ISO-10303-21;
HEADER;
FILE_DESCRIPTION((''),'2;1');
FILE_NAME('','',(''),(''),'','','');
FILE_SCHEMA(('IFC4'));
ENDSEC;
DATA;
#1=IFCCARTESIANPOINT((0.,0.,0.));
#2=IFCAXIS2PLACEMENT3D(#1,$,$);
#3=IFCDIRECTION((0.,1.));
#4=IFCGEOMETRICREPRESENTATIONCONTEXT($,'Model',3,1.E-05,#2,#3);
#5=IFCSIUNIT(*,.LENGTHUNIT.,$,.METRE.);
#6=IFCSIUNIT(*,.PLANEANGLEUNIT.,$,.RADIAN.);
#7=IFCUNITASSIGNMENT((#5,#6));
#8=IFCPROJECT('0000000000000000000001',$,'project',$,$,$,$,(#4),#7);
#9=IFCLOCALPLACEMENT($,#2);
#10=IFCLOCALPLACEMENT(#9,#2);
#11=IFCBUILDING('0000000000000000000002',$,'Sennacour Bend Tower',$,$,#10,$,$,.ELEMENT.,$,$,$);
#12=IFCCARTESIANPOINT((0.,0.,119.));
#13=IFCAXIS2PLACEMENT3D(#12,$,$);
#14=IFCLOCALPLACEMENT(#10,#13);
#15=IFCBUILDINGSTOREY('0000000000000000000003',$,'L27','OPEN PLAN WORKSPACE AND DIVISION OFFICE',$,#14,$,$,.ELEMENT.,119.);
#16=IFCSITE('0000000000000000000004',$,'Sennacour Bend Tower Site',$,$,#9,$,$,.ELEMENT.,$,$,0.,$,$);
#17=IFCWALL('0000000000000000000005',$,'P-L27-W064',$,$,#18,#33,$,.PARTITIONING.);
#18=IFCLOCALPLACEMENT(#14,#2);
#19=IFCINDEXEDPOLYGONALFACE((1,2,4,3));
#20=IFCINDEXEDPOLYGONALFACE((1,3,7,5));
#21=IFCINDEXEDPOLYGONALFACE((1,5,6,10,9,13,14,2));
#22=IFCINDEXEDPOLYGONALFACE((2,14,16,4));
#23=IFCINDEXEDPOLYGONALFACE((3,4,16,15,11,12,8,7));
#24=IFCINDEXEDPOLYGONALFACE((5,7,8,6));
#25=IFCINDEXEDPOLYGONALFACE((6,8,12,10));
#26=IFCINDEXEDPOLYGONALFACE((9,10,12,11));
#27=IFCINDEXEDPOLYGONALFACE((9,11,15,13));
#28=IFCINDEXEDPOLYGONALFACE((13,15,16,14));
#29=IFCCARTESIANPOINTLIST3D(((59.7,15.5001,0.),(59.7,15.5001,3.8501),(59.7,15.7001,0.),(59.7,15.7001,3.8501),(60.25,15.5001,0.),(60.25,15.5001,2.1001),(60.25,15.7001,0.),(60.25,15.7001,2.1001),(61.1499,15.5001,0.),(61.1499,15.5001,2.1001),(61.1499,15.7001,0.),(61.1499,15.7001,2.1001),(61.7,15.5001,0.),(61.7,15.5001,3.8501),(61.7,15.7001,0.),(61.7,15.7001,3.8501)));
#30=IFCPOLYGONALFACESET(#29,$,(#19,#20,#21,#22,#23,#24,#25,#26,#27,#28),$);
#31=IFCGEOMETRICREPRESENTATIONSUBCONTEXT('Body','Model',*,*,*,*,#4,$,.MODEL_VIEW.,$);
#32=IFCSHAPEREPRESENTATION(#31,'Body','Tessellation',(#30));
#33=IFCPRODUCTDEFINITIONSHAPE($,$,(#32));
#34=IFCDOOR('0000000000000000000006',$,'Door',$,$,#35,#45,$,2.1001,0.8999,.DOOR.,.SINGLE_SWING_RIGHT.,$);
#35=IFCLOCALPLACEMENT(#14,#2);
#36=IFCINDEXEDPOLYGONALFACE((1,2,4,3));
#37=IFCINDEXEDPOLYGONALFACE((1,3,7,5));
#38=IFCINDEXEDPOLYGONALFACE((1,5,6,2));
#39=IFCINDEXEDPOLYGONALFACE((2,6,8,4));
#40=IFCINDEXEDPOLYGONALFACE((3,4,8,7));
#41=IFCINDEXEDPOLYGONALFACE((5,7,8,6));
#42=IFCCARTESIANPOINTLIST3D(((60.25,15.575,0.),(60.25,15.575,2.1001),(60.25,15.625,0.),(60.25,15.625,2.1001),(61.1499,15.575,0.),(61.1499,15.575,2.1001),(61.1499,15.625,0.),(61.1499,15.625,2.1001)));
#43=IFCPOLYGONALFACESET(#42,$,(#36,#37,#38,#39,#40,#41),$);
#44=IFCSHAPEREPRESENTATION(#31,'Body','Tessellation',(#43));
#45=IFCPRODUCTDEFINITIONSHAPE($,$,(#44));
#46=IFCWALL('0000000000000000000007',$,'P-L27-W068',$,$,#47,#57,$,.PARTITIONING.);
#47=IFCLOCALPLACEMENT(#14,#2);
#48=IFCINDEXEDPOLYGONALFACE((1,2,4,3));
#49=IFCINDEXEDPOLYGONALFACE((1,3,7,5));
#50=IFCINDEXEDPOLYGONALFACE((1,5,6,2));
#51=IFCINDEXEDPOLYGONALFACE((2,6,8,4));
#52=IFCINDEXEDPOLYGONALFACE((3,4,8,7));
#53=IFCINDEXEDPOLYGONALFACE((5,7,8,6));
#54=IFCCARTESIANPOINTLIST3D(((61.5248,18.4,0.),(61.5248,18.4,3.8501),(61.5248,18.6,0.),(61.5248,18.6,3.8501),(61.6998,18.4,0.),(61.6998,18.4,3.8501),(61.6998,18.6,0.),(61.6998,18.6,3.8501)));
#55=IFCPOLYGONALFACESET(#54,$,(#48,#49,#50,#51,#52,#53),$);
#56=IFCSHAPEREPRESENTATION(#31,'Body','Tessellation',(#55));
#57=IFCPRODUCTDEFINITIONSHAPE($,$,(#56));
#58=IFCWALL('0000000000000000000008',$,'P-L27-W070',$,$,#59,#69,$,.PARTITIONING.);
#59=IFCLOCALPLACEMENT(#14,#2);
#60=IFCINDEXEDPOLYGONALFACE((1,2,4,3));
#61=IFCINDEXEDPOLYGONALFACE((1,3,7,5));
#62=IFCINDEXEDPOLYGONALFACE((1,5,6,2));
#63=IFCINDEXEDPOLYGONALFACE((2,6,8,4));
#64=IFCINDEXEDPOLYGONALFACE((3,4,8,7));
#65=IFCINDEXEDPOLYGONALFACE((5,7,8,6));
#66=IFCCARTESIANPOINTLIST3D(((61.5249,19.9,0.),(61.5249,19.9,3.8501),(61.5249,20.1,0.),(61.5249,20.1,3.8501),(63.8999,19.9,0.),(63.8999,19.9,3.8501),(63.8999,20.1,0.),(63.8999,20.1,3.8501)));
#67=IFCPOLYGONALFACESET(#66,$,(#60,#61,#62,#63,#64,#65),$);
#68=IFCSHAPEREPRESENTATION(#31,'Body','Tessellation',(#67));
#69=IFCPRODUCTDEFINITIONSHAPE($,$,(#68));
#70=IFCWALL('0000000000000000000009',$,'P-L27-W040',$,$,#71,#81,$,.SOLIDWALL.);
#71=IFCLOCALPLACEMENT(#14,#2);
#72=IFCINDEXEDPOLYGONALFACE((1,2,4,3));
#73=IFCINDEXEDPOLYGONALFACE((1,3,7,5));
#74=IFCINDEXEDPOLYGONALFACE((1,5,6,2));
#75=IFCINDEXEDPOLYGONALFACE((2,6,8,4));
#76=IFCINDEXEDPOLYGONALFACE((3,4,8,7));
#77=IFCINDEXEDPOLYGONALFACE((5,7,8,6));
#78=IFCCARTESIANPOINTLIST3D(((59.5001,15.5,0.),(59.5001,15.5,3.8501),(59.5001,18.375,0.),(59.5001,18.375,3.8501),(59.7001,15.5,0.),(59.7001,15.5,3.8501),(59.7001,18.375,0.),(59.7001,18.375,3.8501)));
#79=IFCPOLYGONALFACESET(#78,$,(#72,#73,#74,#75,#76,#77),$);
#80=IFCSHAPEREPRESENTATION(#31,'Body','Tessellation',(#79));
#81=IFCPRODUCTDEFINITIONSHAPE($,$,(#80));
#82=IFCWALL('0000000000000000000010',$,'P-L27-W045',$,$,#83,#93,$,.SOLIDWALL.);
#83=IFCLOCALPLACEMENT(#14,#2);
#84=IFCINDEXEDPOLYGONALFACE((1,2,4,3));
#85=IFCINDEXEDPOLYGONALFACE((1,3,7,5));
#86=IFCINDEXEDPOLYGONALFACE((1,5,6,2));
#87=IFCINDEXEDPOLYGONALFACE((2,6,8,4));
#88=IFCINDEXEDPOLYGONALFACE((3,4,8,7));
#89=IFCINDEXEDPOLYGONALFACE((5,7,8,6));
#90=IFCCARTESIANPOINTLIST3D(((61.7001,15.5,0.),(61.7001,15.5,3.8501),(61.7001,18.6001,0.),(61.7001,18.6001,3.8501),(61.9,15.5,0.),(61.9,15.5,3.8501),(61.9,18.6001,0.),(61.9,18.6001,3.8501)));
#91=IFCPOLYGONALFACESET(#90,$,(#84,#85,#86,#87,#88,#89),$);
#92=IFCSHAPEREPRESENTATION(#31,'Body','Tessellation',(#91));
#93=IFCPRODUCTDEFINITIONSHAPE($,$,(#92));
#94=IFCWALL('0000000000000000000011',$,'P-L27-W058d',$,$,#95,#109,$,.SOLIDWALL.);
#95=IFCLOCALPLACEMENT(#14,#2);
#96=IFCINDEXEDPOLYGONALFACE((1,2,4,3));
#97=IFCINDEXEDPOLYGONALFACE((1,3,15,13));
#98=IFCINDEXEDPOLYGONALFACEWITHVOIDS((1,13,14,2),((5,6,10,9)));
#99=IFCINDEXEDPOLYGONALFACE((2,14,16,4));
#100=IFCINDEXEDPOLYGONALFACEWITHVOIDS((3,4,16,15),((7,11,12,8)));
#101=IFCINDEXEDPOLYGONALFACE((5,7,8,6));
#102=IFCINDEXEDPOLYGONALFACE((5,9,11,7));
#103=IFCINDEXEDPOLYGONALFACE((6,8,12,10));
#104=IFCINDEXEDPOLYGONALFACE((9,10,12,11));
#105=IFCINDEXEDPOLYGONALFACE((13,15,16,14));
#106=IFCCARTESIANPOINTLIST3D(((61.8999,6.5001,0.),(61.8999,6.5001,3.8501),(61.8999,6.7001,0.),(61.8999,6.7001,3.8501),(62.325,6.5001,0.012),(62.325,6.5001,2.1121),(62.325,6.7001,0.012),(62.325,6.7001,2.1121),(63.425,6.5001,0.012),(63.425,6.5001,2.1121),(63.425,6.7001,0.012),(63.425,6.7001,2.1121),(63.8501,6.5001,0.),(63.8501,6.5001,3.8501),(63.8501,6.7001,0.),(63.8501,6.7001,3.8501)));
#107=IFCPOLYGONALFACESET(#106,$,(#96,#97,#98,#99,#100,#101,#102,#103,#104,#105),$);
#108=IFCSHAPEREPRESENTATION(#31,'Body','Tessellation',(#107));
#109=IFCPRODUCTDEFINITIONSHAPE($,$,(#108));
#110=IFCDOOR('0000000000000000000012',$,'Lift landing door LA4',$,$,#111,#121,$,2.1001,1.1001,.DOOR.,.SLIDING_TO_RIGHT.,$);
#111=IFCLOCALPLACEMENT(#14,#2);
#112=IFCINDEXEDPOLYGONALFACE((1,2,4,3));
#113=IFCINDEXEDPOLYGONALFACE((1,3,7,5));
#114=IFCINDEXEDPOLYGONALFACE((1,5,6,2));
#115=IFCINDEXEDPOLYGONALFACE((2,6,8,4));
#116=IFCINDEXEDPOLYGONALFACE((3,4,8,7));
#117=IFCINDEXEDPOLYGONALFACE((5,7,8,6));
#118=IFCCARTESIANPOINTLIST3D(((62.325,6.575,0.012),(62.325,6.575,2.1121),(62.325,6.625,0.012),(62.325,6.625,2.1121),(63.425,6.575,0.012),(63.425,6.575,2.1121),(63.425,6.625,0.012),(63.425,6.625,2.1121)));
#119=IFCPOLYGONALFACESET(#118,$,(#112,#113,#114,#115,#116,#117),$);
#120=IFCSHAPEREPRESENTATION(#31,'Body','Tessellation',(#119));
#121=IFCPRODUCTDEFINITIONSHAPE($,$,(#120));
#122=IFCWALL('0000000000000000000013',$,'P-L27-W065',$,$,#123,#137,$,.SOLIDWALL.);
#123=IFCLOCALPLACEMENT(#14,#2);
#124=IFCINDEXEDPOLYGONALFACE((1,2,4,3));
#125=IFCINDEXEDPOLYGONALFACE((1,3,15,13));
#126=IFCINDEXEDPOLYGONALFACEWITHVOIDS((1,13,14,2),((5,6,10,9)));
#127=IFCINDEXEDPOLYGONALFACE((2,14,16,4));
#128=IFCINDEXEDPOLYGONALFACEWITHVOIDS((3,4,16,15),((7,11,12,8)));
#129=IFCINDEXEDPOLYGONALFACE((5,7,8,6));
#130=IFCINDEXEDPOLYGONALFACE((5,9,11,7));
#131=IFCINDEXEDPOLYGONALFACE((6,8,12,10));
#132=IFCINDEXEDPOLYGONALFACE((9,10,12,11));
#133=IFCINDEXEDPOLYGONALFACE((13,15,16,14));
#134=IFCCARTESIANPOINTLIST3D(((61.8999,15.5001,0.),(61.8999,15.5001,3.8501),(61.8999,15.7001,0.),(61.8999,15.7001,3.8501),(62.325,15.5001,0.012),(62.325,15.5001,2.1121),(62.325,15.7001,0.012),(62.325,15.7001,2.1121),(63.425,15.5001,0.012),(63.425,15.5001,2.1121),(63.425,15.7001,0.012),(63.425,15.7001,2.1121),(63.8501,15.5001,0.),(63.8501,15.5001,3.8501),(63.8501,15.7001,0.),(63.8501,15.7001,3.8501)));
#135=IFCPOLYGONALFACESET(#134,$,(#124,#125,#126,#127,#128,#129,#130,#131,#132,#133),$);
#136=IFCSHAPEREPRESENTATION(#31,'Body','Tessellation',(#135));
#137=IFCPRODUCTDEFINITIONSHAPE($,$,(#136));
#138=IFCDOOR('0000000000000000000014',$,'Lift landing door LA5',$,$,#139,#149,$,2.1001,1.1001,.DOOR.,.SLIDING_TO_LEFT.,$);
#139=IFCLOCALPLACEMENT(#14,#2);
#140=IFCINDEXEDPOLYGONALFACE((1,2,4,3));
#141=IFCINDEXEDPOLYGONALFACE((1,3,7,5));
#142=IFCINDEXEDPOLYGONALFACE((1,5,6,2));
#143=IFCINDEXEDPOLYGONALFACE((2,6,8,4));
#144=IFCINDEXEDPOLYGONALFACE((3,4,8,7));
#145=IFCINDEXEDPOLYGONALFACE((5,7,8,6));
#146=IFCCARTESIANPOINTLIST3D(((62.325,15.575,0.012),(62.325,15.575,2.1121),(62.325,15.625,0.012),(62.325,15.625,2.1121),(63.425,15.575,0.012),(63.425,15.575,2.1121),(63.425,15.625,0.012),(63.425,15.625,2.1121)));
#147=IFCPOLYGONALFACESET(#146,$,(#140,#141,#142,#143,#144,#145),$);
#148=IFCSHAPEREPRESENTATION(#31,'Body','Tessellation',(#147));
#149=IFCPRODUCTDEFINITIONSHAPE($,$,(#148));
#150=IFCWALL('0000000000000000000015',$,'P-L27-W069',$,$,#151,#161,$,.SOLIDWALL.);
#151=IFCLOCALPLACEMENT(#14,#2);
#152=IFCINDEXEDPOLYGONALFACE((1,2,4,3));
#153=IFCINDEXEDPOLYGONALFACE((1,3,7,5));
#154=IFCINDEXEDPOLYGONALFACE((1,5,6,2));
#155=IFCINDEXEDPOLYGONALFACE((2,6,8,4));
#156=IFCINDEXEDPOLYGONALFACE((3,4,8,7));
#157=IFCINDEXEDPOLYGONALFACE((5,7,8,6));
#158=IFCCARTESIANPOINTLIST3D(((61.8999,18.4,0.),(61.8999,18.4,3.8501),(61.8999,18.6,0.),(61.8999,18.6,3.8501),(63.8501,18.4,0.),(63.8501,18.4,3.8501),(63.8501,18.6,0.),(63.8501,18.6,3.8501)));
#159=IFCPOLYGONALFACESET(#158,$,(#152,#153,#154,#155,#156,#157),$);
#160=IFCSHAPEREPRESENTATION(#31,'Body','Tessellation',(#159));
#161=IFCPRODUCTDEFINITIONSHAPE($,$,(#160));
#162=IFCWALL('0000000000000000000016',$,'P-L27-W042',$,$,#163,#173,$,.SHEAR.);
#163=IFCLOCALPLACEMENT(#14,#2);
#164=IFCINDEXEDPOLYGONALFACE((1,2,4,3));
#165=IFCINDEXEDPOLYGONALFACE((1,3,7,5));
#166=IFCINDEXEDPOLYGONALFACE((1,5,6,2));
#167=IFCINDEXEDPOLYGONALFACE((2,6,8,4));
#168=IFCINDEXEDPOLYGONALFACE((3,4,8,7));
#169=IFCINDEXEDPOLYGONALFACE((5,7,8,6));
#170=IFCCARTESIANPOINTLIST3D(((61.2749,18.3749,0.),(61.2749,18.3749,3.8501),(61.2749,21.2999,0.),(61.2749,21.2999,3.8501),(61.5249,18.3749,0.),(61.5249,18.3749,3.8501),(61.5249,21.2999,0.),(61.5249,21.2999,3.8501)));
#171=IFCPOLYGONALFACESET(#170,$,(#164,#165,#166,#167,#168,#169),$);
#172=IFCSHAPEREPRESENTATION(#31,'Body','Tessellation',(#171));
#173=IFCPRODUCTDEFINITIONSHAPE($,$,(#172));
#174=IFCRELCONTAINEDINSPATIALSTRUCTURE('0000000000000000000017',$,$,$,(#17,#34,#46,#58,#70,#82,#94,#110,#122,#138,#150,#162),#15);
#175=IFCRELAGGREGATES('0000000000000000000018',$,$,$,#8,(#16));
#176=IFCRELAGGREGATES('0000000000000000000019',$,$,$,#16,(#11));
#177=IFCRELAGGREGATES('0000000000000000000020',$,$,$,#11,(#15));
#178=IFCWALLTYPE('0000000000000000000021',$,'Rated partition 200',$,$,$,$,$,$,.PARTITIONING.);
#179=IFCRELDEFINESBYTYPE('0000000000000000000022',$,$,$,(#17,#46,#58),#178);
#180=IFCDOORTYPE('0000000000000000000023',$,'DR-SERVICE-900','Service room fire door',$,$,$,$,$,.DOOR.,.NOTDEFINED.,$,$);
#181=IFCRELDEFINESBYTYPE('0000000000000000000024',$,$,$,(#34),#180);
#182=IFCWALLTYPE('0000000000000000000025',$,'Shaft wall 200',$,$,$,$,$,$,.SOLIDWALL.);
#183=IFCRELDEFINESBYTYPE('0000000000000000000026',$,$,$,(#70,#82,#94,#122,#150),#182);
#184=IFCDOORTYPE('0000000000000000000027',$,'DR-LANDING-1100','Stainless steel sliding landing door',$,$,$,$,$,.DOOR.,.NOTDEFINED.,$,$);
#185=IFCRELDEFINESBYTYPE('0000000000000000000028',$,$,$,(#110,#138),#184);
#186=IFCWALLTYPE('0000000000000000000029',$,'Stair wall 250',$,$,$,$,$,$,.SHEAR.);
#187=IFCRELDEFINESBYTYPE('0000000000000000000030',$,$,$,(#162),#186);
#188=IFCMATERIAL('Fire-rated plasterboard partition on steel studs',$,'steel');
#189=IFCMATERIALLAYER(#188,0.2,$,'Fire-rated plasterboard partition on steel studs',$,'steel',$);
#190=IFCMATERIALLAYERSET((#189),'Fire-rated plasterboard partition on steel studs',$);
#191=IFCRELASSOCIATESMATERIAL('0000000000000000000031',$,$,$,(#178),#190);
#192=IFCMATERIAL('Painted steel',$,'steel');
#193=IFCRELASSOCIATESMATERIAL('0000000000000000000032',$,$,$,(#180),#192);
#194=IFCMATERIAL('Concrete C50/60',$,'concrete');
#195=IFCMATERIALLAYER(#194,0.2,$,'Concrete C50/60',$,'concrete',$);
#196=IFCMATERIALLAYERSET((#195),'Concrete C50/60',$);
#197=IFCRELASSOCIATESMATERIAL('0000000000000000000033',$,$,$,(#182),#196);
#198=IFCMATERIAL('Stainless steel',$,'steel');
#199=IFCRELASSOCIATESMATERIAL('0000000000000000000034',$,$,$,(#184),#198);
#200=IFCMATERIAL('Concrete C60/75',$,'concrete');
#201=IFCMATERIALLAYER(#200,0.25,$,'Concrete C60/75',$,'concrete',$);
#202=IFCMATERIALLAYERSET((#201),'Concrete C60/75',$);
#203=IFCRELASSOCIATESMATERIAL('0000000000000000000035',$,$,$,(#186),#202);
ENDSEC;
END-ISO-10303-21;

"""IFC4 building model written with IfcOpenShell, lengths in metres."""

from ifc_helpers import new_model, si_unit, direction, frame, frame_2d, origin, place, context, subcontext, project, spatial, rectangle, extrude, material, layer, layer_set, type_object, element, fill, save


model = new_model("IFC4")

# Units and contexts
model_context = context("Model", 3, precision=1e-05, world=origin(), true_north=direction((0.0, 1.0)))
body_context = subcontext(model_context, "Body", "Model", "MODEL_VIEW")
ifc_project = project(units=[si_unit("LENGTHUNIT", "METRE"), si_unit("PLANEANGLEUNIT", "RADIAN")], contexts=[model_context])

# Site, building, storey
site_placement = place(None, origin())
site = spatial("IfcSite", under=ifc_project, at=site_placement, Name="Sennacour Bend Tower Site", CompositionType="ELEMENT", RefElevation=0.0)
building_placement = place(site_placement, origin())
building = spatial("IfcBuilding", under=site, at=building_placement, Name="Sennacour Bend Tower", CompositionType="ELEMENT")
storey_placement = place(building_placement, frame((0.0, 0.0, 119.0)))
storey = spatial("IfcBuildingStorey", under=building, at=storey_placement, Name="L27", Description="OPEN PLAN WORKSPACE AND DIVISION OFFICE", CompositionType="ELEMENT", Elevation=119.0)

# Shared definitions
ifc_material_1 = material(Name="Fire-rated plasterboard partition on steel studs", Category="steel")
ifc_layer_1 = layer(ifc_material_1, 0.2, Name="Fire-rated plasterboard partition on steel studs", Category="steel")
ifc_layer_set_1 = layer_set([ifc_layer_1], Name="Fire-rated plasterboard partition on steel studs")
wall_type_1 = type_object("IfcWallType", Name="Rated partition 200", PredefinedType="PARTITIONING", material=ifc_layer_set_1)

# Shared definitions
ifc_material_2 = material(Name="Painted steel", Category="steel")
door_type_1 = type_object("IfcDoorType", Name="DR-SERVICE-900", Description="Service room fire door", OperationType="NOTDEFINED", PredefinedType="DOOR", material=ifc_material_2)

# Wall, opening, door
wall_1_placement = place(storey_placement, frame((59.7, 15.6001, 0.0), z_axis=(0.0, 0.0, 1.0), x_axis=(1.0, 0.0, 0.0)))
wall_1 = element("IfcWall", 1, at=wall_1_placement, inside=storey, type_object=wall_type_1, Name="P-L27-W064", PredefinedType="PARTITIONING", context=body_context, shape_type="SweptSolid", body=[
    extrude(rectangle(XDim=2.0, YDim=0.2, at=frame_2d((1.0, 0.0))), origin(), (0.0, 0.0, 1.0), 3.8501),
])
opening_1_placement = place(wall_1_placement, frame((0.55, 0.0, 0.0)))
opening_1 = element("IfcOpeningElement", 2, at=opening_1_placement, cuts=wall_1, PredefinedType="OPENING", context=body_context, shape_type="SweptSolid", body=[
    extrude(rectangle(XDim=0.8999, YDim=2.1001, at=frame_2d((0.45, 1.05))), frame((0.0, 0.1099, 0.0), z_axis=(0.0, -1.0, 0.0), x_axis=(1.0, 0.0, 0.0)), (0.0, 0.0, 1.0), 0.22),
])
door_1_placement = place(opening_1_placement, origin())
door_1 = element("IfcDoor", 3, at=door_1_placement, inside=storey, type_object=door_type_1, Name="Door", OperationType="SINGLE_SWING_RIGHT", OverallHeight=2.1001, OverallWidth=0.8999, PredefinedType="DOOR", context=body_context, shape_type="SweptSolid", body=[
    extrude(rectangle(XDim=0.8999, YDim=2.1001, at=frame_2d((0.45, 1.05))), frame((0.0, 0.0249, 0.0), z_axis=(0.0, -1.0, 0.0), x_axis=(1.0, 0.0, 0.0)), (0.0, 0.0, 1.0), 0.05),
])
fill(opening_1, door_1)

# Walls
wall_2_placement = place(storey_placement, frame((61.5249, 18.5, 0.0), z_axis=(0.0, 0.0, 1.0), x_axis=(1.0, 0.0, 0.0)))
element("IfcWall", 4, at=wall_2_placement, inside=storey, type_object=wall_type_1, Name="P-L27-W068", PredefinedType="PARTITIONING", context=body_context, shape_type="SweptSolid", body=[
    extrude(rectangle(XDim=0.175, YDim=0.2, at=frame_2d((0.0874, 0.0))), origin(), (0.0, 0.0, 1.0), 3.8501),
])
wall_3_placement = place(storey_placement, frame((61.5249, 20.0, 0.0), z_axis=(0.0, 0.0, 1.0), x_axis=(1.0, 0.0, 0.0)))
element("IfcWall", 5, at=wall_3_placement, inside=storey, type_object=wall_type_1, Name="P-L27-W070", PredefinedType="PARTITIONING", context=body_context, shape_type="SweptSolid", body=[
    extrude(rectangle(XDim=2.375, YDim=0.2, at=frame_2d((1.1875, 0.0))), origin(), (0.0, 0.0, 1.0), 3.8501),
])
ifc_material_3 = material(Name="Concrete C50/60", Category="concrete")
ifc_layer_2 = layer(ifc_material_3, 0.2, Name="Concrete C50/60", Category="concrete")
ifc_layer_set_2 = layer_set([ifc_layer_2], Name="Concrete C50/60")
wall_type_2 = type_object("IfcWallType", Name="Shaft wall 200", PredefinedType="SOLIDWALL", material=ifc_layer_set_2)
wall_4_placement = place(storey_placement, frame((59.6001, 15.5, 0.0), z_axis=(0.0, 0.0, 1.0), x_axis=(0.0, 1.0, 0.0)))
element("IfcWall", 6, at=wall_4_placement, inside=storey, type_object=wall_type_2, Name="P-L27-W040", PredefinedType="SOLIDWALL", context=body_context, shape_type="SweptSolid", body=[
    extrude(rectangle(XDim=2.875, YDim=0.2, at=frame_2d((1.4375, 0.0))), origin(), (0.0, 0.0, 1.0), 3.8501),
])
wall_5_placement = place(storey_placement, frame((61.8, 15.5, 0.0), z_axis=(0.0, 0.0, 1.0), x_axis=(0.0, 1.0, 0.0)))
element("IfcWall", 7, at=wall_5_placement, inside=storey, type_object=wall_type_2, Name="P-L27-W045", PredefinedType="SOLIDWALL", context=body_context, shape_type="SweptSolid", body=[
    extrude(rectangle(XDim=3.1001, YDim=0.2, at=frame_2d((1.55, 0.0))), origin(), (0.0, 0.0, 1.0), 3.8501),
])

# Walls, openings, doors
wall_6_placement = place(storey_placement, frame((61.8999, 6.6001, 0.0), z_axis=(0.0, 0.0, 1.0), x_axis=(1.0, 0.0, 0.0)))
wall_6 = element("IfcWall", 8, at=wall_6_placement, inside=storey, type_object=wall_type_2, Name="P-L27-W058d", PredefinedType="SOLIDWALL", context=body_context, shape_type="SweptSolid", body=[
    extrude(rectangle(XDim=1.9502, YDim=0.2, at=frame_2d((0.9751, 0.0))), origin(), (0.0, 0.0, 1.0), 3.8501),
])
opening_2_placement = place(wall_6_placement, frame((0.425, 0.0, 0.012)))
opening_2 = element("IfcOpeningElement", 9, at=opening_2_placement, cuts=wall_6, PredefinedType="OPENING", context=body_context, shape_type="SweptSolid", body=[
    extrude(rectangle(XDim=1.1001, YDim=2.1001, at=frame_2d((0.55, 1.05))), frame((0.0, 0.1099, 0.0), z_axis=(0.0, -1.0, 0.0), x_axis=(1.0, 0.0, 0.0)), (0.0, 0.0, 1.0), 0.22),
])
ifc_material_4 = material(Name="Stainless steel", Category="steel")
door_type_2 = type_object("IfcDoorType", Name="DR-LANDING-1100", Description="Stainless steel sliding landing door", OperationType="NOTDEFINED", PredefinedType="DOOR", material=ifc_material_4)
door_2_placement = place(opening_2_placement, origin())
door_2 = element("IfcDoor", 10, at=door_2_placement, inside=storey, type_object=door_type_2, Name="Lift landing door LA4", OperationType="SLIDING_TO_RIGHT", OverallHeight=2.1001, OverallWidth=1.1001, PredefinedType="DOOR", context=body_context, shape_type="SweptSolid", body=[
    extrude(rectangle(XDim=1.1001, YDim=2.1001, at=frame_2d((0.55, 1.05))), frame((0.0, 0.0249, 0.0), z_axis=(0.0, -1.0, 0.0), x_axis=(1.0, 0.0, 0.0)), (0.0, 0.0, 1.0), 0.05),
])
fill(opening_2, door_2)
wall_7_placement = place(storey_placement, frame((61.8999, 15.6001, 0.0), z_axis=(0.0, 0.0, 1.0), x_axis=(1.0, 0.0, 0.0)))
wall_7 = element("IfcWall", 11, at=wall_7_placement, inside=storey, type_object=wall_type_2, Name="P-L27-W065", PredefinedType="SOLIDWALL", context=body_context, shape_type="SweptSolid", body=[
    extrude(rectangle(XDim=1.9502, YDim=0.2, at=frame_2d((0.9751, 0.0))), origin(), (0.0, 0.0, 1.0), 3.8501),
])
opening_3_placement = place(wall_7_placement, frame((0.425, 0.0, 0.012)))
opening_3 = element("IfcOpeningElement", 12, at=opening_3_placement, cuts=wall_7, PredefinedType="OPENING", context=body_context, shape_type="SweptSolid", body=[
    extrude(rectangle(XDim=1.1001, YDim=2.1001, at=frame_2d((0.55, 1.05))), frame((0.0, 0.1099, 0.0), z_axis=(0.0, -1.0, 0.0), x_axis=(1.0, 0.0, 0.0)), (0.0, 0.0, 1.0), 0.22),
])
door_3_placement = place(opening_3_placement, origin())
door_3 = element("IfcDoor", 13, at=door_3_placement, inside=storey, type_object=door_type_2, Name="Lift landing door LA5", OperationType="SLIDING_TO_LEFT", OverallHeight=2.1001, OverallWidth=1.1001, PredefinedType="DOOR", context=body_context, shape_type="SweptSolid", body=[
    extrude(rectangle(XDim=1.1001, YDim=2.1001, at=frame_2d((0.55, 1.05))), frame((0.0, 0.0249, 0.0), z_axis=(0.0, -1.0, 0.0), x_axis=(1.0, 0.0, 0.0)), (0.0, 0.0, 1.0), 0.05),
])
fill(opening_3, door_3)

# Walls
wall_8_placement = place(storey_placement, frame((61.8999, 18.5, 0.0), z_axis=(0.0, 0.0, 1.0), x_axis=(1.0, 0.0, 0.0)))
element("IfcWall", 14, at=wall_8_placement, inside=storey, type_object=wall_type_2, Name="P-L27-W069", PredefinedType="SOLIDWALL", context=body_context, shape_type="SweptSolid", body=[
    extrude(rectangle(XDim=1.9502, YDim=0.2, at=frame_2d((0.9751, 0.0))), origin(), (0.0, 0.0, 1.0), 3.8501),
])
ifc_material_5 = material(Name="Concrete C60/75", Category="concrete")
ifc_layer_3 = layer(ifc_material_5, 0.25, Name="Concrete C60/75", Category="concrete")
ifc_layer_set_3 = layer_set([ifc_layer_3], Name="Concrete C60/75")
wall_type_3 = type_object("IfcWallType", Name="Stair wall 250", PredefinedType="SHEAR", material=ifc_layer_set_3)
wall_9_placement = place(storey_placement, frame((61.3999, 18.375, 0.0), z_axis=(0.0, 0.0, 1.0), x_axis=(0.0, 1.0, 0.0)))
element("IfcWall", 15, at=wall_9_placement, inside=storey, type_object=wall_type_3, Name="P-L27-W042", PredefinedType="SHEAR", context=body_context, shape_type="SweptSolid", body=[
    extrude(rectangle(XDim=2.925, YDim=0.25, at=frame_2d((1.4624, 0.0))), origin(), (0.0, 0.0, 1.0), 3.8501),
])

save(model, "model.ifc")
